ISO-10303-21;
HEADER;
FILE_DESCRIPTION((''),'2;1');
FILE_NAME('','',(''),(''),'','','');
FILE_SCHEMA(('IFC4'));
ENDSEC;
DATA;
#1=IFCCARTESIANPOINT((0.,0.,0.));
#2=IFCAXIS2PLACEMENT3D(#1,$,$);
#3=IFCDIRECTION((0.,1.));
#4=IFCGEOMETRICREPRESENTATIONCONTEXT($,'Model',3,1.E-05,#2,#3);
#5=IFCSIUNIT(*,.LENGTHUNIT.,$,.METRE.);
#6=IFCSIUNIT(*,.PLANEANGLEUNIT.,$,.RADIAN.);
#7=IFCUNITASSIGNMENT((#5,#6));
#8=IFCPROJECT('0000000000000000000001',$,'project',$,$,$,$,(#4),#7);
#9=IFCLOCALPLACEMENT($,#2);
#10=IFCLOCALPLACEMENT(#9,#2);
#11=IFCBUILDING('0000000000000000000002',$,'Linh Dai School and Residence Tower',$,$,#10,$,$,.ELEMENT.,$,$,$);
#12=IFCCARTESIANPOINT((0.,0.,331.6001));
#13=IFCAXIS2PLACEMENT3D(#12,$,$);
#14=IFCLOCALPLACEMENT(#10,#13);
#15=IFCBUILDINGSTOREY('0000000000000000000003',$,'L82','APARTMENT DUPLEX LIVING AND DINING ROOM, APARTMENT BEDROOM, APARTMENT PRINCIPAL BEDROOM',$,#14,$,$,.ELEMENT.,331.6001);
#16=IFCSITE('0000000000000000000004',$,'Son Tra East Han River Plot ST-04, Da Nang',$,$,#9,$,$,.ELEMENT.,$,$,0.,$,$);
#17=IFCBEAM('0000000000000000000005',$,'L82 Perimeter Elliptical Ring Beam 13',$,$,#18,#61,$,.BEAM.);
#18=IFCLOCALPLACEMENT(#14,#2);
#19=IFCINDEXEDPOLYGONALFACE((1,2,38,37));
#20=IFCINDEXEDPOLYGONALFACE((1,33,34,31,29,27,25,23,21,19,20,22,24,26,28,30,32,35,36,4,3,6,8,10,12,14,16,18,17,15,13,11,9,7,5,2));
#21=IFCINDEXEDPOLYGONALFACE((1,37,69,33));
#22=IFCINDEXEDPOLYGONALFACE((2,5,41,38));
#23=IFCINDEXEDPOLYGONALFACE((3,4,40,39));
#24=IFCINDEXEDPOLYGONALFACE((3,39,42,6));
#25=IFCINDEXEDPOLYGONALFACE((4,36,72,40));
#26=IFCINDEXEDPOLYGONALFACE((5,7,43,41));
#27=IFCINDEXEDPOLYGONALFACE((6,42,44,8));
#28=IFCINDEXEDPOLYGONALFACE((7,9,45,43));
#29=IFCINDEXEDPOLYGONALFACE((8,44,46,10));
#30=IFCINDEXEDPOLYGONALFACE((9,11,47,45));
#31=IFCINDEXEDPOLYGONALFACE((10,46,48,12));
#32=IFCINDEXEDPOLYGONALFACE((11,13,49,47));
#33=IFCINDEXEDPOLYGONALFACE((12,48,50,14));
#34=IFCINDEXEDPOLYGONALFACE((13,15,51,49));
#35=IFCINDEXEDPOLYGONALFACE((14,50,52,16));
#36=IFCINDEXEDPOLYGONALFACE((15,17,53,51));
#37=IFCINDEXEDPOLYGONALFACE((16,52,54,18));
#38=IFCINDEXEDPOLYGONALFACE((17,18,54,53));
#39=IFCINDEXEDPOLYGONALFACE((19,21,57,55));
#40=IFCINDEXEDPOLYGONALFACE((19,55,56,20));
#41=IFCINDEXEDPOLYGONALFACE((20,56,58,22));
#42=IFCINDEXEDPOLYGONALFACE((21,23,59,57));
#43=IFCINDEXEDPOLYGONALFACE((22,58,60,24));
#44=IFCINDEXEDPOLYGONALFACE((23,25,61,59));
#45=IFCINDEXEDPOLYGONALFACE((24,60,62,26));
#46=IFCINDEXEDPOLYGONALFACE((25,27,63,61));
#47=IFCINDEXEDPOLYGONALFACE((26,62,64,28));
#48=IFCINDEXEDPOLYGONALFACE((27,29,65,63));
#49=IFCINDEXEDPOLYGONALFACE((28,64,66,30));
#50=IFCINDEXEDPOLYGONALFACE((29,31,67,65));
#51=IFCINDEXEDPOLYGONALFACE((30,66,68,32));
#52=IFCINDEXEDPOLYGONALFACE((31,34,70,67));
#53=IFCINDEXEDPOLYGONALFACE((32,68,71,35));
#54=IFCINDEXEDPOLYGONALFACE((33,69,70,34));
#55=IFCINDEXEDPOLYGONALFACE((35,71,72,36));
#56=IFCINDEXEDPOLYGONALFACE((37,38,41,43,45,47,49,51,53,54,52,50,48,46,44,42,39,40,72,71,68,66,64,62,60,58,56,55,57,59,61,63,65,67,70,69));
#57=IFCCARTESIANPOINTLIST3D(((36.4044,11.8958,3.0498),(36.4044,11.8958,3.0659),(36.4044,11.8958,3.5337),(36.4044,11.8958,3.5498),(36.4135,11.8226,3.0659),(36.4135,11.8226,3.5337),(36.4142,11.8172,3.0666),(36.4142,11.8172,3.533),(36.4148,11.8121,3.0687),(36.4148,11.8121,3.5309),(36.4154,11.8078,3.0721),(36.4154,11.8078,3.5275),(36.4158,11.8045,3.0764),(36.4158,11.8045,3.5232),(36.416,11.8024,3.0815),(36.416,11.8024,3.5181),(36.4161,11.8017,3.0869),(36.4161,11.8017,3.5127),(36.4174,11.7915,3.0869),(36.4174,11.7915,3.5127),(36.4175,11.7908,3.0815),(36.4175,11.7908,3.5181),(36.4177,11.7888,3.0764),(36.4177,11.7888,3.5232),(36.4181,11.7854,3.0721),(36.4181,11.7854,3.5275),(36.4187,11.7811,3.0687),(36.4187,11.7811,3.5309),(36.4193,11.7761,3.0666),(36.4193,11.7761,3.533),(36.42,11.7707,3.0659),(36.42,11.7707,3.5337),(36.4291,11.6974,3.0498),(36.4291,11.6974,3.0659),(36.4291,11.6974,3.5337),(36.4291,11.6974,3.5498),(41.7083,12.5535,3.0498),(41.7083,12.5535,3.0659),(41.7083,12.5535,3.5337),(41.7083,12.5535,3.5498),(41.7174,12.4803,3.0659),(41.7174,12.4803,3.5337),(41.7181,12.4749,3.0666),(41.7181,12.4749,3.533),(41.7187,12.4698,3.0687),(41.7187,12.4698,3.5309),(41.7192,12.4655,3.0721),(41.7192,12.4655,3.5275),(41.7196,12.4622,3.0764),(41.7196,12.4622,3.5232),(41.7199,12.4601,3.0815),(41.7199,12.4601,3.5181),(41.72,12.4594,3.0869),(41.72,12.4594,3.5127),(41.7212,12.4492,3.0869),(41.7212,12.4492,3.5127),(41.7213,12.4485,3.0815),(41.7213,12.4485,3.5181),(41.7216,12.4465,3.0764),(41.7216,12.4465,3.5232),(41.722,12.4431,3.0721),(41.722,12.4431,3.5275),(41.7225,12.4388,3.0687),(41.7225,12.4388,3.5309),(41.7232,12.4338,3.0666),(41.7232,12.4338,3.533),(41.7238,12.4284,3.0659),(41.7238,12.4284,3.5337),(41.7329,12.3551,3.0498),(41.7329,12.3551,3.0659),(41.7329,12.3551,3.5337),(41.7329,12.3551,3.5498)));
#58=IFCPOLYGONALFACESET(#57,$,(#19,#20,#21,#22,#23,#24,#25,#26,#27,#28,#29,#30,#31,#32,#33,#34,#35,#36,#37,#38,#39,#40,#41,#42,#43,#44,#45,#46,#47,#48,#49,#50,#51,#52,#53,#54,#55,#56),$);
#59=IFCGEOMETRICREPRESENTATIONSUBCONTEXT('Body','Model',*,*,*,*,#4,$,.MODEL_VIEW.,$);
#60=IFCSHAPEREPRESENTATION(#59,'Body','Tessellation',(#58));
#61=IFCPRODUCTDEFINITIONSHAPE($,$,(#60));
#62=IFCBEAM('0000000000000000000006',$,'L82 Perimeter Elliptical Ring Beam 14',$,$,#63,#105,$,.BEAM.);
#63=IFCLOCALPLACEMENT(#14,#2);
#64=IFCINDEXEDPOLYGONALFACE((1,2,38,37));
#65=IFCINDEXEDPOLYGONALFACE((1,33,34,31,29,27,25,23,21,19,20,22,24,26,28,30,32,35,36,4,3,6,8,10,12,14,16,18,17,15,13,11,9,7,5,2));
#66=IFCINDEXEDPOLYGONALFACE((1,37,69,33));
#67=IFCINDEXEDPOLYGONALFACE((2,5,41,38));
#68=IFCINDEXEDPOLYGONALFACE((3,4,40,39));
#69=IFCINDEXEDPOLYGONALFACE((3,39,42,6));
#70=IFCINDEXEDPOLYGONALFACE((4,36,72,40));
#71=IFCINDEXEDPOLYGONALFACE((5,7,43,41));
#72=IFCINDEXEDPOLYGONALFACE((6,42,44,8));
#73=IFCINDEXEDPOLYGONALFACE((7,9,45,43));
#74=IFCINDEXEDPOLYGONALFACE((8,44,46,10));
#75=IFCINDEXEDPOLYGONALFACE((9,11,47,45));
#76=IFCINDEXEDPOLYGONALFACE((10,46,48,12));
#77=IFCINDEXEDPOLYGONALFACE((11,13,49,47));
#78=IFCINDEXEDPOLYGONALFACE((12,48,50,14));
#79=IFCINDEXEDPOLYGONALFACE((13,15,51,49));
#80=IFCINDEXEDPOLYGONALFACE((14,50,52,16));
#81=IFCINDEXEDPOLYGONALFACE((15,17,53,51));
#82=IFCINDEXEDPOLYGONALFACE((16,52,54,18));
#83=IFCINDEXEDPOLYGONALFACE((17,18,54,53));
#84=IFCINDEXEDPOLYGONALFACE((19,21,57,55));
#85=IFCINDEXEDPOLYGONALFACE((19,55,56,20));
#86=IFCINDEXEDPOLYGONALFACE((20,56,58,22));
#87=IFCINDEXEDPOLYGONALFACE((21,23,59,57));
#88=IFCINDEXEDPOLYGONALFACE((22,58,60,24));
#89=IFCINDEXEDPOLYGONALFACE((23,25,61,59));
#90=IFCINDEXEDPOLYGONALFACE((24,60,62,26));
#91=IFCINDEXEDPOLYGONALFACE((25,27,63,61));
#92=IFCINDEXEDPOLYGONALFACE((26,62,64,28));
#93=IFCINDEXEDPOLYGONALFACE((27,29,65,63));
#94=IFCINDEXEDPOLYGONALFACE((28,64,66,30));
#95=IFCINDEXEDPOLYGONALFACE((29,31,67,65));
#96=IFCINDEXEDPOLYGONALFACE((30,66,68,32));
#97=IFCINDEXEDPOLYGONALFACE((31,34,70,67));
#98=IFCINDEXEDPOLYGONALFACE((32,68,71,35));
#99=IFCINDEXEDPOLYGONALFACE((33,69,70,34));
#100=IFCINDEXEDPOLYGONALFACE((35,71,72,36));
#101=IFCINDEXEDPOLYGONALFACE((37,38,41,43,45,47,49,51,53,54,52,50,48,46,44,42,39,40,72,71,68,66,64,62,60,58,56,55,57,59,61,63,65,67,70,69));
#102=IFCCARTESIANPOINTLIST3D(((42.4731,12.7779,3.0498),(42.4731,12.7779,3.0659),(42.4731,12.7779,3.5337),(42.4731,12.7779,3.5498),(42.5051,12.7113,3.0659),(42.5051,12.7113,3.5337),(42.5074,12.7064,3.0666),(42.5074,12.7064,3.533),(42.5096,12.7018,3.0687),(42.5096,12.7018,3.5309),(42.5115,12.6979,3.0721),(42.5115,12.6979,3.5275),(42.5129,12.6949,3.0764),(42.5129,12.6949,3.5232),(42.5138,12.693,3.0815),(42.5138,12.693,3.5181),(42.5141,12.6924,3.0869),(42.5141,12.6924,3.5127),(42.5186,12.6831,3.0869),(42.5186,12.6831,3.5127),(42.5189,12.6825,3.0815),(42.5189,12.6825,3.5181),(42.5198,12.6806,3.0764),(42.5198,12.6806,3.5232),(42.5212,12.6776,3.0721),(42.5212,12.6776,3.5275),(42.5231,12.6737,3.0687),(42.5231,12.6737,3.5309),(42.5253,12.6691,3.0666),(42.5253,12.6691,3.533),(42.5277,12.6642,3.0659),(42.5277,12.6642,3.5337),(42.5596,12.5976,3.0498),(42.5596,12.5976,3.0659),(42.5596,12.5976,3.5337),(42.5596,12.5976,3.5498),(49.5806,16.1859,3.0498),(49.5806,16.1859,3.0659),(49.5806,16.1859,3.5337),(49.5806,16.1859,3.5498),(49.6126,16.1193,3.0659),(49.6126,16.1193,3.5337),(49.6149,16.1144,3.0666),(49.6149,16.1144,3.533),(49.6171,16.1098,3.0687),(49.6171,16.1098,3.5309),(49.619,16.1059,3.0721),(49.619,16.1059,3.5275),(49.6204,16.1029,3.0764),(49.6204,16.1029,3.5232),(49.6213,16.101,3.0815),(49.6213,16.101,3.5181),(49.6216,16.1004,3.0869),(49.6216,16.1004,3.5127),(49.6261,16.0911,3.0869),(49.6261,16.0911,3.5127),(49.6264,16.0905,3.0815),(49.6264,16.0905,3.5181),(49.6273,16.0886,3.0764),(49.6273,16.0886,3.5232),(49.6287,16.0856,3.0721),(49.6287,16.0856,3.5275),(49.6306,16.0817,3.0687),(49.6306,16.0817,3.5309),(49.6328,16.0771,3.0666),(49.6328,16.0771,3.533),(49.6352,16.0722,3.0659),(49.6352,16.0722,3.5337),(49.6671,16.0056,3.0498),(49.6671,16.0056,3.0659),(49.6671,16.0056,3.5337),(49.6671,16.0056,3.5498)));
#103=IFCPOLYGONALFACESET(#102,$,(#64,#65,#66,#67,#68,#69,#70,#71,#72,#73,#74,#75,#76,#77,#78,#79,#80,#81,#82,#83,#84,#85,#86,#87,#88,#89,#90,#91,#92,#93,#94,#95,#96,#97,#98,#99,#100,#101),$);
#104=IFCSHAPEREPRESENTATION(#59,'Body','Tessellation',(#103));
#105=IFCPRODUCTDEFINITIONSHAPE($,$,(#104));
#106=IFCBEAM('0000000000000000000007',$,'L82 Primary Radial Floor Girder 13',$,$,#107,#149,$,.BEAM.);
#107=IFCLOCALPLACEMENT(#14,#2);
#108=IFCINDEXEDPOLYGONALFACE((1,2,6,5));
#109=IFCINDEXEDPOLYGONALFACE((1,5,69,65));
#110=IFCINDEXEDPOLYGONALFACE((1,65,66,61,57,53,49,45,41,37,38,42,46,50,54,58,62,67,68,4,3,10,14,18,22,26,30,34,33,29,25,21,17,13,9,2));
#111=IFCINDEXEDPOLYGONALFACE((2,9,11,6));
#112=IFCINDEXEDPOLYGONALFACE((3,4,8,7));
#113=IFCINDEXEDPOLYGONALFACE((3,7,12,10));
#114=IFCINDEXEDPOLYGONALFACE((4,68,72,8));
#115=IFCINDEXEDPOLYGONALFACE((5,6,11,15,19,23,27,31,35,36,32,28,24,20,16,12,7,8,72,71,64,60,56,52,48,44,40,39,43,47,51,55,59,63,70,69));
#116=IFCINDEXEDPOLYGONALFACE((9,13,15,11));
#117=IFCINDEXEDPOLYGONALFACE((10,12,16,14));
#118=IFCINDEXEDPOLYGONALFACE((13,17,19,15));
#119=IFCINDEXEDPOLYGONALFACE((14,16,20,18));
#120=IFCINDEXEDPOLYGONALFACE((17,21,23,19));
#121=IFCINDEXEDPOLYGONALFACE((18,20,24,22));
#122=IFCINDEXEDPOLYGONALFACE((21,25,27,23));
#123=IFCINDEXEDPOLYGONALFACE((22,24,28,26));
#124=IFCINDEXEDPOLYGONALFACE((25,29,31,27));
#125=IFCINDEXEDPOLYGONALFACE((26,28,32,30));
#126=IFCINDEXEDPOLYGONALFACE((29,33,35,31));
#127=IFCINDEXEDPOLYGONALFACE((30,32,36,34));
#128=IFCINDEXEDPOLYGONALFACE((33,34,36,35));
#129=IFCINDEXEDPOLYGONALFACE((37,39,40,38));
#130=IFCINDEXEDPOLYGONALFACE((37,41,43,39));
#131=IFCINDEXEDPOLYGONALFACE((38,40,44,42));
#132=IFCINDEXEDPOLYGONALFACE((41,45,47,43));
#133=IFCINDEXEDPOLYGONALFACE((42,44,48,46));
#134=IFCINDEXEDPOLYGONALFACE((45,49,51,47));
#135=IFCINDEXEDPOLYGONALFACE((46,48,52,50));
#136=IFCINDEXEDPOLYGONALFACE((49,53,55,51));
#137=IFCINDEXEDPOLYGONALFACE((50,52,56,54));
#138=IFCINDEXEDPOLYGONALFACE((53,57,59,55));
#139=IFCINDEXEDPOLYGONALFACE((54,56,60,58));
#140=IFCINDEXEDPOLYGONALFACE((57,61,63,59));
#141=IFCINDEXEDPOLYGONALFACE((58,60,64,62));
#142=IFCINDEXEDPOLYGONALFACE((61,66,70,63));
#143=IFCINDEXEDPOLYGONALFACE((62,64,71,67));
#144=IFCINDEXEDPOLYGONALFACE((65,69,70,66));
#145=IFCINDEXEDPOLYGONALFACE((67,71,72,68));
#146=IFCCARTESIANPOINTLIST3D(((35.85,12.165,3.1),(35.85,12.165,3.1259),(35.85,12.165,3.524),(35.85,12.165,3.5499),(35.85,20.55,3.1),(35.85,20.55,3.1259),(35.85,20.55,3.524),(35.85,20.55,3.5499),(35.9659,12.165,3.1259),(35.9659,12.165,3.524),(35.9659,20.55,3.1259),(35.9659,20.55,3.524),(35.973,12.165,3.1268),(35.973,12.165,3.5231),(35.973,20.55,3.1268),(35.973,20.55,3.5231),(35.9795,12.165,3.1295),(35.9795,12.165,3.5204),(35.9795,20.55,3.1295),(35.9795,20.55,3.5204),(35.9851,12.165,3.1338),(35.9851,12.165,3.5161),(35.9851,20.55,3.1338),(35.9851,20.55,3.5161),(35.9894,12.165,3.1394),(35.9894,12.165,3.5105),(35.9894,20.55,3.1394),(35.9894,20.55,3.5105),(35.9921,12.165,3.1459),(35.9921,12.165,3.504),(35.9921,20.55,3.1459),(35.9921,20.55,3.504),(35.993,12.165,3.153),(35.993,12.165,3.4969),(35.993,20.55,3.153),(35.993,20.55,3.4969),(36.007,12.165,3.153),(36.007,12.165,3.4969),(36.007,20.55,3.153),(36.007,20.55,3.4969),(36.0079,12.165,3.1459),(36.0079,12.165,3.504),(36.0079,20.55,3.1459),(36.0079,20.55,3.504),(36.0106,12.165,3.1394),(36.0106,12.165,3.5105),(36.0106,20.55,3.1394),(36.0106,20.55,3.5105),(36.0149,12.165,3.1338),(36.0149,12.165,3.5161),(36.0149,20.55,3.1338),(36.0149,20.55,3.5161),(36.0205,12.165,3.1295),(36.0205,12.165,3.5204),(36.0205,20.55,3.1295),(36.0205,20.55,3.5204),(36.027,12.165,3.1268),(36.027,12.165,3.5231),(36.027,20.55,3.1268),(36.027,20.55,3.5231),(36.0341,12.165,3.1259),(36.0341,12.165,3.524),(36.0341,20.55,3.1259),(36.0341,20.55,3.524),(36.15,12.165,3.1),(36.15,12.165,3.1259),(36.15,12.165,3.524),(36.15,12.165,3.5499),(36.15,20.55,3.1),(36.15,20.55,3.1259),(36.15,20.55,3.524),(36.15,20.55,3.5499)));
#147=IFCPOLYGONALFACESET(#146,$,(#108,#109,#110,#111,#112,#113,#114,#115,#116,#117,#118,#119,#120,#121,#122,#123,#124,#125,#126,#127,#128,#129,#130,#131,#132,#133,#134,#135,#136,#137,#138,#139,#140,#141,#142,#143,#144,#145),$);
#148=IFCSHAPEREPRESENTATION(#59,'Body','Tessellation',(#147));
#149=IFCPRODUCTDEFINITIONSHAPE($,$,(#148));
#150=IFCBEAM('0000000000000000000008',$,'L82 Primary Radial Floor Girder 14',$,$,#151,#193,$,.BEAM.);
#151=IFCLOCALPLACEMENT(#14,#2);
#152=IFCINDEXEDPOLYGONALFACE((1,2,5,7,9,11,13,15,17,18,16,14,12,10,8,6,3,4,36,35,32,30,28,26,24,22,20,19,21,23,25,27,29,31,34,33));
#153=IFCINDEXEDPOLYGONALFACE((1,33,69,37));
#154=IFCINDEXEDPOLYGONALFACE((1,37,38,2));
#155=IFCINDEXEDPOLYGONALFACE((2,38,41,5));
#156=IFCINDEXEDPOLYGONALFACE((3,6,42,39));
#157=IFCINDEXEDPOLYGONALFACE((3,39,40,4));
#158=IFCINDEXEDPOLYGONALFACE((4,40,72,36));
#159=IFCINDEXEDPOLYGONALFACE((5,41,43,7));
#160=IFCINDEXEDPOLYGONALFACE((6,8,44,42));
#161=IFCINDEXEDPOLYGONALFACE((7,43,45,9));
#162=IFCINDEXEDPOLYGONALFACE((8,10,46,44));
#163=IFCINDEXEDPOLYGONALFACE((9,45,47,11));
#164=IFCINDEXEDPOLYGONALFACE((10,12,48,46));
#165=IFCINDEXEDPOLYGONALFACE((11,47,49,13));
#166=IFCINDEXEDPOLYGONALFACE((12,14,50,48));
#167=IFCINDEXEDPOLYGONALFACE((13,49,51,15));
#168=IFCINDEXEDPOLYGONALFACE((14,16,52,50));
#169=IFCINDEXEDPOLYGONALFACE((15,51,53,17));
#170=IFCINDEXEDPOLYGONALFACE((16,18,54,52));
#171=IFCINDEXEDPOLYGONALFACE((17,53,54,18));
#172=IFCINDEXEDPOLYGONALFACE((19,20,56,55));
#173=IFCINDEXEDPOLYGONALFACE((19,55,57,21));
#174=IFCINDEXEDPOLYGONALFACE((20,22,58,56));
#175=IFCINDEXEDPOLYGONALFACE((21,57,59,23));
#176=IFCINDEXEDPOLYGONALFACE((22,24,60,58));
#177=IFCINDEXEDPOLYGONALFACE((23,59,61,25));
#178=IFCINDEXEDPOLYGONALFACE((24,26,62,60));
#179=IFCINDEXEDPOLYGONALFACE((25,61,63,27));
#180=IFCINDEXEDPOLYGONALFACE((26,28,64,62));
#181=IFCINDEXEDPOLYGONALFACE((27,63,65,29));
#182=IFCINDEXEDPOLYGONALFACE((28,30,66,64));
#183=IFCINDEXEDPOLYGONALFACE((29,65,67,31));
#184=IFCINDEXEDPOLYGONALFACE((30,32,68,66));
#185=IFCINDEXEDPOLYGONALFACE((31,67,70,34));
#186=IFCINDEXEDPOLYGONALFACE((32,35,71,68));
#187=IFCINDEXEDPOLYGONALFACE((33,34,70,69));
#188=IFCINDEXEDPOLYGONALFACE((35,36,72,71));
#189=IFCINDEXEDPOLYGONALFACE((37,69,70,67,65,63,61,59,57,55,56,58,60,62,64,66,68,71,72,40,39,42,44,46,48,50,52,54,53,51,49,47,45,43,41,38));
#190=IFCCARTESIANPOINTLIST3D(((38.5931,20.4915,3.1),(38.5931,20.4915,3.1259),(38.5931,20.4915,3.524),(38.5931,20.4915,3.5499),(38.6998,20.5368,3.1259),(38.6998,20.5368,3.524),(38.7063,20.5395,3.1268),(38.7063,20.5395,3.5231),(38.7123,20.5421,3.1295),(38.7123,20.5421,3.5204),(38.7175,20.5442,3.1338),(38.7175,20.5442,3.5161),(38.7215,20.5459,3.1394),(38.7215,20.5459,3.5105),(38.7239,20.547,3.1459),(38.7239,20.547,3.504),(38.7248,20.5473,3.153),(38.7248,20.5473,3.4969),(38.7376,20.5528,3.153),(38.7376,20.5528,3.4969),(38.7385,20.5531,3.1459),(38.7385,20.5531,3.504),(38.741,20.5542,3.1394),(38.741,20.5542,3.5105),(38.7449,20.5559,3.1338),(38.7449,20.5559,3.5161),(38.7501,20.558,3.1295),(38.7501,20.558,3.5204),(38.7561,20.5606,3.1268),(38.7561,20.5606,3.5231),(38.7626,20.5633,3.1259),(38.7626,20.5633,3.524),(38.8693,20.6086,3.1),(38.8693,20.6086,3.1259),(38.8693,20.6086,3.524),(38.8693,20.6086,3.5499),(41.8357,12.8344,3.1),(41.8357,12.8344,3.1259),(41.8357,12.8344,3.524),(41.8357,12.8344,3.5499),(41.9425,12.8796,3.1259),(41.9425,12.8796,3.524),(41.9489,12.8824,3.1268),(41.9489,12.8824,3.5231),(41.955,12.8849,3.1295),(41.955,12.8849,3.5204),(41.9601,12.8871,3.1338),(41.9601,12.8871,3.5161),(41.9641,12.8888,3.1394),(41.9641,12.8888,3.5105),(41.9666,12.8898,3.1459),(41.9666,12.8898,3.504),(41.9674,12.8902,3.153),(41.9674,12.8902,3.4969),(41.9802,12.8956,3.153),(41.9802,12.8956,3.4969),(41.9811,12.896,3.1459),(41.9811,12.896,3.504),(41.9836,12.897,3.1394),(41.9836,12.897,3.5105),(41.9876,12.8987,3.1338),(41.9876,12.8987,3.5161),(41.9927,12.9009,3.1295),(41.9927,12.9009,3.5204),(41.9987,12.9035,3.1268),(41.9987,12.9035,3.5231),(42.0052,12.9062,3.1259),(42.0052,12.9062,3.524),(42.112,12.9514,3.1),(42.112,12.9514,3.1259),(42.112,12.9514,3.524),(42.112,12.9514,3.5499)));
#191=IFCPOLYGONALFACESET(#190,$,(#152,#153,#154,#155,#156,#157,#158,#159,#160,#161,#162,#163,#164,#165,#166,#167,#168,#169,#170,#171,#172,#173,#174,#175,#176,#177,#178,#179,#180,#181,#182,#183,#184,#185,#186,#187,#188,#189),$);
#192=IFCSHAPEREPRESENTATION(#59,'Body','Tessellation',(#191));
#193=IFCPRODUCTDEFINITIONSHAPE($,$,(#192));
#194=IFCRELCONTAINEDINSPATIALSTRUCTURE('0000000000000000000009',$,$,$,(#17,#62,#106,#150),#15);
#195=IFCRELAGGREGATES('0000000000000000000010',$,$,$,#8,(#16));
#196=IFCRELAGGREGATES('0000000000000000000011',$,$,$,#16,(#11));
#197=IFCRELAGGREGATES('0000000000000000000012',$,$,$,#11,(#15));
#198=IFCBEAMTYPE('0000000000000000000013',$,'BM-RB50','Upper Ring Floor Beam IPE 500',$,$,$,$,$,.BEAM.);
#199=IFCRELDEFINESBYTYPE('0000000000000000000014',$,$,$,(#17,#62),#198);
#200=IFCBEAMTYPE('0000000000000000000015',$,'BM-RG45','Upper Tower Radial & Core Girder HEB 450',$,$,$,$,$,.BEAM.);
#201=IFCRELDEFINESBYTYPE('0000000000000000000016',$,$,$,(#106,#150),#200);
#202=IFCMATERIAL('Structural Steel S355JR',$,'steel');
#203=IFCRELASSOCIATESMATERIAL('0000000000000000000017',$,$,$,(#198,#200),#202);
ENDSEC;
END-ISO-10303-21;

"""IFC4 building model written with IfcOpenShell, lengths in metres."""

from ifc_helpers import new_model, si_unit, direction, frame, origin, origin_2d, place, context, subcontext, project, spatial, i_section, extrude, material, material_profile, profile_set, type_object, element, save


model = new_model("IFC4")

# Units and contexts
model_context = context("Model", 3, precision=1e-05, world=origin(), true_north=direction((0.0, 1.0)))
body_context = subcontext(model_context, "Body", "Model", "MODEL_VIEW")
ifc_project = project(units=[si_unit("LENGTHUNIT", "METRE"), si_unit("PLANEANGLEUNIT", "RADIAN")], contexts=[model_context])

# Site, building, storey
site_placement = place(None, origin())
site = spatial("IfcSite", under=ifc_project, at=site_placement, Name="Son Tra East Han River Plot ST-04, Da Nang", CompositionType="ELEMENT", RefElevation=0.0)
building_placement = place(site_placement, origin())
building = spatial("IfcBuilding", under=site, at=building_placement, Name="Linh Dai School and Residence Tower", CompositionType="ELEMENT")
storey_placement = place(building_placement, frame((0.0, 0.0, 331.6001)))
storey = spatial("IfcBuildingStorey", under=building, at=storey_placement, Name="L82", Description="APARTMENT DUPLEX LIVING AND DINING ROOM, APARTMENT BEDROOM, APARTMENT PRINCIPAL BEDROOM", CompositionType="ELEMENT", Elevation=331.6001)

# Shared definitions
ifc_material_1 = material(Name="Structural Steel S355JR", Category="steel")

# Beams
ifc_material_profile_1 = material_profile(ifc_material_1, i_section(OverallWidth=0.2, OverallDepth=0.5, WebThickness=0.0103, FlangeThickness=0.0161, FilletRadius=0.021, at=origin_2d()), Name="IPE 500")
ifc_profile_set_1 = profile_set([ifc_material_profile_1], Name="Structural Steel S355JR")
beam_type_1 = type_object("IfcBeamType", Name="BM-RB50", Description="Upper Ring Floor Beam IPE 500", PredefinedType="BEAM", material=ifc_profile_set_1)
beam_1_placement = place(storey_placement, frame((36.4167, 11.7966, 3.2998), z_axis=(0.992399, 0.123062, 0.0), x_axis=(-0.123062, 0.992399, 0.0)))
element("IfcBeam", 1, at=beam_1_placement, inside=storey, type_object=beam_type_1, Name="L82 Perimeter Elliptical Ring Beam 13", PredefinedType="BEAM", context=body_context, shape_type="SweptSolid", body=[
    extrude(i_section(OverallWidth=0.2, OverallDepth=0.5, WebThickness=0.0103, FlangeThickness=0.0161, FilletRadius=0.021, at=origin_2d()), origin(), (0.0, 0.0, 1.0), 5.3445),
])
beam_2_placement = place(storey_placement, frame((42.5164, 12.6877, 3.2998), z_axis=(0.901701, 0.432359, 0.0), x_axis=(-0.432359, 0.901701, 0.0)))
element("IfcBeam", 2, at=beam_2_placement, inside=storey, type_object=beam_type_1, Name="L82 Perimeter Elliptical Ring Beam 14", PredefinedType="BEAM", context=body_context, shape_type="SweptSolid", body=[
    extrude(i_section(OverallWidth=0.2, OverallDepth=0.5, WebThickness=0.0103, FlangeThickness=0.0161, FilletRadius=0.021, at=origin_2d()), origin(), (0.0, 0.0, 1.0), 7.8823),
])
ifc_material_profile_2 = material_profile(ifc_material_1, i_section(OverallWidth=0.3, OverallDepth=0.45, WebThickness=0.0139, FlangeThickness=0.0259, FilletRadius=0.0271, at=origin_2d()), Name="HEB 450")
ifc_profile_set_2 = profile_set([ifc_material_profile_2], Name="Structural Steel S355JR")
beam_type_2 = type_object("IfcBeamType", Name="BM-RG45", Description="Upper Tower Radial & Core Girder HEB 450", PredefinedType="BEAM", material=ifc_profile_set_2)
beam_3_placement = place(storey_placement, frame((36.0, 20.55, 3.325), z_axis=(0.0, -1.0, 0.0), x_axis=(1.0, 0.0, 0.0)))
element("IfcBeam", 3, at=beam_3_placement, inside=storey, type_object=beam_type_2, Name="L82 Primary Radial Floor Girder 13", PredefinedType="BEAM", context=body_context, shape_type="SweptSolid", body=[
    extrude(i_section(OverallWidth=0.3, OverallDepth=0.45, WebThickness=0.0139, FlangeThickness=0.0259, FilletRadius=0.0271, at=origin_2d()), origin(), (0.0, 0.0, 1.0), 8.385),
])
beam_4_placement = place(storey_placement, frame((38.7312, 20.55, 3.325), z_axis=(0.389954, -0.920834, 0.0), x_axis=(0.920834, 0.389954, 0.0)))
element("IfcBeam", 4, at=beam_4_placement, inside=storey, type_object=beam_type_2, Name="L82 Primary Radial Floor Girder 14", PredefinedType="BEAM", context=body_context, shape_type="SweptSolid", body=[
    extrude(i_section(OverallWidth=0.3, OverallDepth=0.45, WebThickness=0.0139, FlangeThickness=0.0259, FilletRadius=0.0271, at=origin_2d()), origin(), (0.0, 0.0, 1.0), 8.3154),
])

save(model, "model.ifc")
